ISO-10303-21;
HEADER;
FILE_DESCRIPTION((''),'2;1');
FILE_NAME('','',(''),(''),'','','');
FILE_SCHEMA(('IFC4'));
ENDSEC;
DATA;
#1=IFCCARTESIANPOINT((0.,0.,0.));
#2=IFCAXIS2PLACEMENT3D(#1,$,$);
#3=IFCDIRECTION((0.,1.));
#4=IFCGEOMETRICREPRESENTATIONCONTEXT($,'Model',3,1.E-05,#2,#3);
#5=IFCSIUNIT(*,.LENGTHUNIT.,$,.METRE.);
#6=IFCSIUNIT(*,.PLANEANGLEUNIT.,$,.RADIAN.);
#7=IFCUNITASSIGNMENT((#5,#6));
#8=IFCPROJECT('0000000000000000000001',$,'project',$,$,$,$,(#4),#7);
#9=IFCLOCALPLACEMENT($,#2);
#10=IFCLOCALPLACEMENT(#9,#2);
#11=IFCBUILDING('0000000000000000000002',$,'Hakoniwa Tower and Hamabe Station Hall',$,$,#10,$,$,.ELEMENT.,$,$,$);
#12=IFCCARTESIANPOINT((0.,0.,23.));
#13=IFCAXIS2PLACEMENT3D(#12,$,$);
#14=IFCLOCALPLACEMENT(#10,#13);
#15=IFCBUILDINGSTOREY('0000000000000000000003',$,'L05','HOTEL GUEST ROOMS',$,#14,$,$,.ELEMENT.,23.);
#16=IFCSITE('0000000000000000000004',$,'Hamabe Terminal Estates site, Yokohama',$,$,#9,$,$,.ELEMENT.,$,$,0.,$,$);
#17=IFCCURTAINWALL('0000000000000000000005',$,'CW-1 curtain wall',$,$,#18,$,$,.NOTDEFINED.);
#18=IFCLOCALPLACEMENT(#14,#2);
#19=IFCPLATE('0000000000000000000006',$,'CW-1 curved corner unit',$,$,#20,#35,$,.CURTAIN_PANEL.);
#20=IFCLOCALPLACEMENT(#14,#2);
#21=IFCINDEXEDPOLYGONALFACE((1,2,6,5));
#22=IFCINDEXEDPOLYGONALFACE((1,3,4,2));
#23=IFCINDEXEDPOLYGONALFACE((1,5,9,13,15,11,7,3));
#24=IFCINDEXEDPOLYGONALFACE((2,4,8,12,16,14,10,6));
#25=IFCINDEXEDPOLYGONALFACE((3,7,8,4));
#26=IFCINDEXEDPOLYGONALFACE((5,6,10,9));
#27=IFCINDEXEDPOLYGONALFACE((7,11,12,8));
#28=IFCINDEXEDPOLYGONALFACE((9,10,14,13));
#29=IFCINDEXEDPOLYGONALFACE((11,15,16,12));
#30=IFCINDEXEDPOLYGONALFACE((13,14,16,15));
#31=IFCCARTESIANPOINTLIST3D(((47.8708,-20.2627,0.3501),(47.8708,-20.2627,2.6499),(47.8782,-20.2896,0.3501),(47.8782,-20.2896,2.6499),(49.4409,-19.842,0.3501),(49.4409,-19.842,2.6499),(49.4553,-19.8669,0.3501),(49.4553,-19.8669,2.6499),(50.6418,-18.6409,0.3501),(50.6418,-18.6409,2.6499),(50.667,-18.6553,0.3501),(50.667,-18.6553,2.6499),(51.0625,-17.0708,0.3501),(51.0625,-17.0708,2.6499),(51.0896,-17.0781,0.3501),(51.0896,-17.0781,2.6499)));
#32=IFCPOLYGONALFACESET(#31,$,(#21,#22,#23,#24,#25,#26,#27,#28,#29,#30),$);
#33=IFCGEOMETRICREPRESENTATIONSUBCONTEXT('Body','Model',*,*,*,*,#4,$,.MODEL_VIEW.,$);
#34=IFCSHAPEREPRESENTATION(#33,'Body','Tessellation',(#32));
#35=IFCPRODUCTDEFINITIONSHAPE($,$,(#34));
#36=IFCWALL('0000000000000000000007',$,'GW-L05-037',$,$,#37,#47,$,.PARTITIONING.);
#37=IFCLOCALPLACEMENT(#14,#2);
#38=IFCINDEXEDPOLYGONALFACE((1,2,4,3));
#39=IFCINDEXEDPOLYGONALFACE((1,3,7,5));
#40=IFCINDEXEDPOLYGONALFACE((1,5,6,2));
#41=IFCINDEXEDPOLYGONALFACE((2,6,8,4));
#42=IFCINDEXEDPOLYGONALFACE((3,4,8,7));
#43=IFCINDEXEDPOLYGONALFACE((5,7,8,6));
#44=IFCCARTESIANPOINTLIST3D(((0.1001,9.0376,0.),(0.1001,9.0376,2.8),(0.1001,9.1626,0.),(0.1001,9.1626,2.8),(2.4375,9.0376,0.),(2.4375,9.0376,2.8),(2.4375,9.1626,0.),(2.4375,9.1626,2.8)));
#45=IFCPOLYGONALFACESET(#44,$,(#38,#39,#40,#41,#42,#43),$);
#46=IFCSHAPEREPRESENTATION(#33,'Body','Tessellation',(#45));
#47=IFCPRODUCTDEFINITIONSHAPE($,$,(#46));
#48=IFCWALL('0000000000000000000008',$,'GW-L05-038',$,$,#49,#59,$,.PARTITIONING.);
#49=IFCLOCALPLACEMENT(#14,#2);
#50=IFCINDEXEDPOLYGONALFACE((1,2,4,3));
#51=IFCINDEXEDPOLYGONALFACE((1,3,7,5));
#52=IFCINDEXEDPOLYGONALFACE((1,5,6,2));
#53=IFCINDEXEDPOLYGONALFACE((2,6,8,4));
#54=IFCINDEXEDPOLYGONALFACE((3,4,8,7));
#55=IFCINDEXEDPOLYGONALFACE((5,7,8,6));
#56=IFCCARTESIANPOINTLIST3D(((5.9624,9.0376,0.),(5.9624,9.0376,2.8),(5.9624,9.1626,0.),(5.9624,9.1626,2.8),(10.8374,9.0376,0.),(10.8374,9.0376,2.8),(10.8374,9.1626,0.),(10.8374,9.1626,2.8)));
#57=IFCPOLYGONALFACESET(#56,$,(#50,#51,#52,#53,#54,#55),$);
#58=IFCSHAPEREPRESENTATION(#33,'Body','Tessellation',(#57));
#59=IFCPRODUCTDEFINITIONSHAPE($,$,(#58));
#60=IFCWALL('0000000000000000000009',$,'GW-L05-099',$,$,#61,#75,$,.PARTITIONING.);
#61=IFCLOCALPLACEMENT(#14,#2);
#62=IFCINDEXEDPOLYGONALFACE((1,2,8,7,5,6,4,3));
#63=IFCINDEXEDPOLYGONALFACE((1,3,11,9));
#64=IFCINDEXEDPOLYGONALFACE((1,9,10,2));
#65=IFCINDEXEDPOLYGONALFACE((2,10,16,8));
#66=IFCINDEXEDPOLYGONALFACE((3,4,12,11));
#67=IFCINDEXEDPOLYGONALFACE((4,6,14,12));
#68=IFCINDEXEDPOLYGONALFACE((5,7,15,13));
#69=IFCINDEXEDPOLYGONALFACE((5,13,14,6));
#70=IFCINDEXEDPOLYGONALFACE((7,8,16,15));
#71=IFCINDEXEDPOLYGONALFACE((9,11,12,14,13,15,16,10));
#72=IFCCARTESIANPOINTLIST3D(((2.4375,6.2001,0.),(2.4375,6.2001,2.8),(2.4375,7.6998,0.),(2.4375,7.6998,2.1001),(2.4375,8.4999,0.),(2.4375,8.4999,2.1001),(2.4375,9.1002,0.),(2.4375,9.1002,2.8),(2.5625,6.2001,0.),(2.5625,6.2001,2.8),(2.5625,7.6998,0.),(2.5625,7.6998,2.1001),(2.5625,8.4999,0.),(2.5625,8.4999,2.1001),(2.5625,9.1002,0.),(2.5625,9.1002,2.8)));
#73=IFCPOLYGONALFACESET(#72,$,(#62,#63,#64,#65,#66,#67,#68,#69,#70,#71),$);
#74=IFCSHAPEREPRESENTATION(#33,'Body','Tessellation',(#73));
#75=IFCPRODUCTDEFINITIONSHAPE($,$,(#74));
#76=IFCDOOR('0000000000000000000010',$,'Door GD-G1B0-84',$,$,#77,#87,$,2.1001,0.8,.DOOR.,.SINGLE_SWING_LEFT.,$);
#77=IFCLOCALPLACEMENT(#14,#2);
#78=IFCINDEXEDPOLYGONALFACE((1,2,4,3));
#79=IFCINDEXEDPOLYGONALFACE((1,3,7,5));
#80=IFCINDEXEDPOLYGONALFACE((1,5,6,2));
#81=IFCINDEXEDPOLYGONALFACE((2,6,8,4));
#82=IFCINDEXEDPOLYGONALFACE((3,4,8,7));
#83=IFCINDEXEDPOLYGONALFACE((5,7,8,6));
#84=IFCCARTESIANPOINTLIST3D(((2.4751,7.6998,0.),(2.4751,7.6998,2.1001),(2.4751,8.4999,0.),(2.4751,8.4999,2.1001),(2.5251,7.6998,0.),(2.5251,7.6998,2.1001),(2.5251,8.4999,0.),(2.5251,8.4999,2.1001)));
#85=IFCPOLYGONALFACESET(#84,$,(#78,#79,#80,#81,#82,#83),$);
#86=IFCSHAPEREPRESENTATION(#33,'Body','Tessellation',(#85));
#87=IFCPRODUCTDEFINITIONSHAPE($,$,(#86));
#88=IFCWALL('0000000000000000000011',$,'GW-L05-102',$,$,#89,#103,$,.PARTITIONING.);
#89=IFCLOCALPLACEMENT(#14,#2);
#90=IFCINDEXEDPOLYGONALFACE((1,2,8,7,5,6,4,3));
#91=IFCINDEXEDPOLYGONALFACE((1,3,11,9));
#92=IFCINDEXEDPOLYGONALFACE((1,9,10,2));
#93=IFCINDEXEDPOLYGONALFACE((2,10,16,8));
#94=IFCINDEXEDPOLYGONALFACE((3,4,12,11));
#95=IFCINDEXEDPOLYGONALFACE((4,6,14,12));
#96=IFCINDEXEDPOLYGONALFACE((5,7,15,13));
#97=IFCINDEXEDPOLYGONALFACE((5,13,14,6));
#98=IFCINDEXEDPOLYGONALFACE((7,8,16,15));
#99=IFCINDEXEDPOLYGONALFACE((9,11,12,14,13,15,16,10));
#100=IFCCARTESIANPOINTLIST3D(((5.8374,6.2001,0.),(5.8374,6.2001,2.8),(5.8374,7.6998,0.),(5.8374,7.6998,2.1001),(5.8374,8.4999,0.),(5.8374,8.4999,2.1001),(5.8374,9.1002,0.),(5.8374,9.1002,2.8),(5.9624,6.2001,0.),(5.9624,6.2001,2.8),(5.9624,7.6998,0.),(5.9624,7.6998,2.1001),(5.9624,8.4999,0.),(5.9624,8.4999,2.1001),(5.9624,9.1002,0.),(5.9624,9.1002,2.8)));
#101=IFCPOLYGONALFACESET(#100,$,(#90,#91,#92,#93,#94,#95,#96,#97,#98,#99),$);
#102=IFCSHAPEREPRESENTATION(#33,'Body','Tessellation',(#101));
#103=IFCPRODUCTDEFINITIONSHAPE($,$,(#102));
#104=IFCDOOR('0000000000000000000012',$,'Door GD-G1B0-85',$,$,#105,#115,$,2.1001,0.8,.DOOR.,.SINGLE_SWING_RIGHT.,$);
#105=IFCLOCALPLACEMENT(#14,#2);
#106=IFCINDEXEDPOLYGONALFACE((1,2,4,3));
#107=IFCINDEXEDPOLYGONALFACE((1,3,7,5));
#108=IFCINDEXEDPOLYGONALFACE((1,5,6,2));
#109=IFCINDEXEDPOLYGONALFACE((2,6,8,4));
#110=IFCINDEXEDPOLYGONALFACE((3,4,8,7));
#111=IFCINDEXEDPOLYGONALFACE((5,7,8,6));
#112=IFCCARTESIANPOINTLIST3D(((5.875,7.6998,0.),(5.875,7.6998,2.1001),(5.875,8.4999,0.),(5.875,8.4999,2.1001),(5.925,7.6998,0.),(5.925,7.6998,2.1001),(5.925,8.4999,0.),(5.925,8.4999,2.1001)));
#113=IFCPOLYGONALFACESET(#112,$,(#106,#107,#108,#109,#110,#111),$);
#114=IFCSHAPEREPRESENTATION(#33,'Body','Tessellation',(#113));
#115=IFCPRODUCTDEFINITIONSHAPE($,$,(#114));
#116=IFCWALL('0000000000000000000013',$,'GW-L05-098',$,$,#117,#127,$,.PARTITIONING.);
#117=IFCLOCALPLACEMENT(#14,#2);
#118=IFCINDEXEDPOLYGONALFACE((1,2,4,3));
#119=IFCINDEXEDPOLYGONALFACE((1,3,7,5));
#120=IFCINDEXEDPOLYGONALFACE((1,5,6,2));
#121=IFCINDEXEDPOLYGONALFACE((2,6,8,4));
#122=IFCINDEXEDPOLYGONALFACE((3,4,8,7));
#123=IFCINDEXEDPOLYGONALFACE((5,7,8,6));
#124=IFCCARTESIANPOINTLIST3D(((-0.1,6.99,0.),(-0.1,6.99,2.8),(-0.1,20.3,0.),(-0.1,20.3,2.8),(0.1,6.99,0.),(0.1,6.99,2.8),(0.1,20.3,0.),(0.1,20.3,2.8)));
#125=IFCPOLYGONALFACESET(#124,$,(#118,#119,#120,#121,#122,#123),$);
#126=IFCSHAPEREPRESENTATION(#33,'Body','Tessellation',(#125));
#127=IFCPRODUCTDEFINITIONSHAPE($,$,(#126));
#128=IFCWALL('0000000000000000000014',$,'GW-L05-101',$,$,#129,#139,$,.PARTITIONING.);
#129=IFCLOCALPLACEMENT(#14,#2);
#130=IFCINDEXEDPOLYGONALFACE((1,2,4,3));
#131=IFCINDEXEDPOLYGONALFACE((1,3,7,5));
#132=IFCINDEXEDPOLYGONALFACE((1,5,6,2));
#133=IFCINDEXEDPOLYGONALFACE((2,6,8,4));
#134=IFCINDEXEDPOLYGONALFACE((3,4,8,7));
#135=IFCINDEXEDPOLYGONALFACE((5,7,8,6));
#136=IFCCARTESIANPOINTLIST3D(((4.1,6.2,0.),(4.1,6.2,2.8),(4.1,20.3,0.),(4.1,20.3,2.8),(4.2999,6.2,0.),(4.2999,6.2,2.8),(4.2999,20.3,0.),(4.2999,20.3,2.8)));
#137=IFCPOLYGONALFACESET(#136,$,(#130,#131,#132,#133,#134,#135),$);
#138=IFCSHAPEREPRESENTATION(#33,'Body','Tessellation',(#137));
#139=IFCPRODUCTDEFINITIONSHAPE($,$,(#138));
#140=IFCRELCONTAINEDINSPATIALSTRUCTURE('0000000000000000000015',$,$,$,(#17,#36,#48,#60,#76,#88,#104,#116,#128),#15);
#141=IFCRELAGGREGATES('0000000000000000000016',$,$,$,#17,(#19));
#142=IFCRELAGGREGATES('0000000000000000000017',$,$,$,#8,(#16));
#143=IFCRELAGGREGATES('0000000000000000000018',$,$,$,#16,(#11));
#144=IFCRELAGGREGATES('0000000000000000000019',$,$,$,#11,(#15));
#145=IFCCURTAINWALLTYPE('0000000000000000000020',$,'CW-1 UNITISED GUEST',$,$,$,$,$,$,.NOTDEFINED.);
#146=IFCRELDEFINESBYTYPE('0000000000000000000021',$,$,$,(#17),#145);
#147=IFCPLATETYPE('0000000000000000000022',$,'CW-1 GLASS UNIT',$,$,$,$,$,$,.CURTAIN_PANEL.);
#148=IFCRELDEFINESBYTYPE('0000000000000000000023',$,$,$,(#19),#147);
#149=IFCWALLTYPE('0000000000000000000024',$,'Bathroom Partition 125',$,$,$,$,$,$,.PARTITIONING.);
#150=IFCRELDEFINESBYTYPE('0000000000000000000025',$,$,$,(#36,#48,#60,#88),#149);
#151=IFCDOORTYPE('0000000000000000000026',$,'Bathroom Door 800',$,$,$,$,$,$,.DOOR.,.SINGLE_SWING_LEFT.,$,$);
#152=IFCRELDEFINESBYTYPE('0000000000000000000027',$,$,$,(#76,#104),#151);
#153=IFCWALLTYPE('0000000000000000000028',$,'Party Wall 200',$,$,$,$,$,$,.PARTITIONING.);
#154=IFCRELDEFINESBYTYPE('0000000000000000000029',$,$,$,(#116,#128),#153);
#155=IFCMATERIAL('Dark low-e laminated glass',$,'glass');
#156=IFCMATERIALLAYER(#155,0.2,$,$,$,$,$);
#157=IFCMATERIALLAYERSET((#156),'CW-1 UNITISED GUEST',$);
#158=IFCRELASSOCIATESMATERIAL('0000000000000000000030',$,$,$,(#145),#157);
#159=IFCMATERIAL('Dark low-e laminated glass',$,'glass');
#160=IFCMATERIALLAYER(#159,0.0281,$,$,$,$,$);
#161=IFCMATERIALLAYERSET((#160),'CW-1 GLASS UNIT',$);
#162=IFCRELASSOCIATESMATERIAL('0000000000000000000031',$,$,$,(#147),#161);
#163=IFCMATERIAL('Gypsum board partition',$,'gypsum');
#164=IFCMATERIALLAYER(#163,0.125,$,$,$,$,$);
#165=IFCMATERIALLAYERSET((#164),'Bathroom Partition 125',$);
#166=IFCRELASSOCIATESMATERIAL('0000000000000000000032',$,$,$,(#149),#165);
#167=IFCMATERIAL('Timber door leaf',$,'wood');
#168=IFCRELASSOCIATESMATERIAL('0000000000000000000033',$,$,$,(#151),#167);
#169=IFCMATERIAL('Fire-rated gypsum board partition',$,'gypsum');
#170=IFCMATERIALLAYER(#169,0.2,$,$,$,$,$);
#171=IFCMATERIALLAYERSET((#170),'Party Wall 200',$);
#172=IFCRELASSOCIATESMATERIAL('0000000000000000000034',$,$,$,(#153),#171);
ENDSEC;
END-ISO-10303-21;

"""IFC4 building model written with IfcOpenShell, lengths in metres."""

from ifc_helpers import new_model, si_unit, direction, frame, frame_2d, origin, place, context, subcontext, project, spatial, polyline, rectangle, outline, extrude, material, layer, layer_set, type_object, element, fill, aggregate, save


model = new_model("IFC4")

# Units and contexts
model_context = context("Model", 3, precision=1e-05, world=origin(), true_north=direction((0.0, 1.0)))
body_context = subcontext(model_context, "Body", "Model", "MODEL_VIEW")
ifc_project = project(units=[si_unit("LENGTHUNIT", "METRE"), si_unit("PLANEANGLEUNIT", "RADIAN")], contexts=[model_context])

# Site, building, storey
site_placement = place(None, origin())
site = spatial("IfcSite", under=ifc_project, at=site_placement, Name="Hamabe Terminal Estates site, Yokohama", CompositionType="ELEMENT", RefElevation=0.0)
building_placement = place(site_placement, origin())
building = spatial("IfcBuilding", under=site, at=building_placement, Name="Hakoniwa Tower and Hamabe Station Hall", CompositionType="ELEMENT")
storey_placement = place(building_placement, frame((0.0, 0.0, 23.0)))
storey = spatial("IfcBuildingStorey", under=building, at=storey_placement, Name="L05", Description="HOTEL GUEST ROOMS", CompositionType="ELEMENT", Elevation=23.0)

# Curtain wall
ifc_material_1 = material(Name="Dark low-e laminated glass", Category="glass")
ifc_layer_1 = layer(ifc_material_1, 0.2)
ifc_layer_set_1 = layer_set([ifc_layer_1], Name="CW-1 UNITISED GUEST")
curtain_wall_type = type_object("IfcCurtainWallType", Name="CW-1 UNITISED GUEST", PredefinedType="NOTDEFINED", material=ifc_layer_set_1)
curtain_wall_1_placement = place(storey_placement, origin())
curtain_wall_1 = element("IfcCurtainWall", 1, at=curtain_wall_1_placement, inside=storey, type_object=curtain_wall_type, Name="CW-1 curtain wall", PredefinedType="NOTDEFINED")

# Plate
ifc_material_2 = material(Name="Dark low-e laminated glass", Category="glass")
ifc_layer_2 = layer(ifc_material_2, 0.0281)
ifc_layer_set_2 = layer_set([ifc_layer_2], Name="CW-1 GLASS UNIT")
plate_type = type_object("IfcPlateType", Name="CW-1 GLASS UNIT", PredefinedType="CURTAIN_PANEL", material=ifc_layer_set_2)
plate_1_placement = place(storey_placement, frame((0.0, 0.0, 0.3501)))
plate_1 = element("IfcPlate", 2, at=plate_1_placement, type_object=plate_type, Name="CW-1 curved corner unit", PredefinedType="CURTAIN_PANEL", context=body_context, shape_type="SweptSolid", body=[
    extrude(outline(polyline([(47.8782, -20.2896), (49.4553, -19.8669), (50.667, -18.6553), (51.0896, -17.0781), (51.0625, -17.0708), (50.6418, -18.6409), (49.4409, -19.842), (47.8708, -20.2627), (47.8782, -20.2896)])), origin(), (0.0, 0.0, 1.0), 2.2998),
])
aggregate(curtain_wall_1, [plate_1])

# Walls
ifc_material_3 = material(Name="Gypsum board partition", Category="gypsum")
ifc_layer_3 = layer(ifc_material_3, 0.125)
ifc_layer_set_3 = layer_set([ifc_layer_3], Name="Bathroom Partition 125")
wall_type_1 = type_object("IfcWallType", Name="Bathroom Partition 125", PredefinedType="PARTITIONING", material=ifc_layer_set_3)
wall_1_placement = place(storey_placement, frame((0.1001, 9.1001, 0.0), z_axis=(0.0, 0.0, 1.0), x_axis=(1.0, 0.0, 0.0)))
element("IfcWall", 3, at=wall_1_placement, inside=storey, type_object=wall_type_1, Name="GW-L05-037", PredefinedType="PARTITIONING", context=body_context, shape_type="SweptSolid", body=[
    extrude(rectangle(XDim=2.3374, YDim=0.125, at=frame_2d((1.1687, 0.0))), origin(), (0.0, 0.0, 1.0), 2.8),
])
wall_2_placement = place(storey_placement, frame((5.9624, 9.1001, 0.0), z_axis=(0.0, 0.0, 1.0), x_axis=(1.0, 0.0, 0.0)))
element("IfcWall", 4, at=wall_2_placement, inside=storey, type_object=wall_type_1, Name="GW-L05-038", PredefinedType="PARTITIONING", context=body_context, shape_type="SweptSolid", body=[
    extrude(rectangle(XDim=4.875, YDim=0.125, at=frame_2d((2.4375, 0.0))), origin(), (0.0, 0.0, 1.0), 2.8),
])

# Walls, openings, doors
wall_3_placement = place(storey_placement, frame((2.5, 6.2, 0.0), z_axis=(0.0, 0.0, 1.0), x_axis=(0.0, 1.0, 0.0)))
wall_3 = element("IfcWall", 5, at=wall_3_placement, inside=storey, type_object=wall_type_1, Name="GW-L05-099", PredefinedType="PARTITIONING", context=body_context, shape_type="SweptSolid", body=[
    extrude(rectangle(XDim=2.9001, YDim=0.125, at=frame_2d((1.4502, 0.0))), origin(), (0.0, 0.0, 1.0), 2.8),
])
opening_1_placement = place(wall_3_placement, frame((1.5, 0.0, 0.0)))
opening_1 = element("IfcOpeningElement", 6, at=opening_1_placement, cuts=wall_3, PredefinedType="OPENING", context=body_context, shape_type="SweptSolid", body=[
    extrude(rectangle(XDim=0.8, YDim=2.1001, at=frame_2d((0.3999, 1.05))), frame((0.0, 0.0725, 0.0), z_axis=(0.0, -1.0, 0.0), x_axis=(1.0, 0.0, 0.0)), (0.0, 0.0, 1.0), 0.145),
])
ifc_material_4 = material(Name="Timber door leaf", Category="wood")
door_type = type_object("IfcDoorType", Name="Bathroom Door 800", OperationType="SINGLE_SWING_LEFT", PredefinedType="DOOR", material=ifc_material_4)
door_1_placement = place(opening_1_placement, origin())
door_1 = element("IfcDoor", 7, at=door_1_placement, inside=storey, type_object=door_type, Name="Door GD-G1B0-84", OperationType="SINGLE_SWING_LEFT", OverallHeight=2.1001, OverallWidth=0.8, PredefinedType="DOOR", context=body_context, shape_type="SweptSolid", body=[
    extrude(rectangle(XDim=0.8, YDim=2.1001, at=frame_2d((0.3999, 1.05))), frame((0.0, 0.0249, 0.0), z_axis=(0.0, -1.0, 0.0), x_axis=(1.0, 0.0, 0.0)), (0.0, 0.0, 1.0), 0.05),
])
fill(opening_1, door_1)
wall_4_placement = place(storey_placement, frame((5.8999, 6.2, 0.0), z_axis=(0.0, 0.0, 1.0), x_axis=(0.0, 1.0, 0.0)))
wall_4 = element("IfcWall", 8, at=wall_4_placement, inside=storey, type_object=wall_type_1, Name="GW-L05-102", PredefinedType="PARTITIONING", context=body_context, shape_type="SweptSolid", body=[
    extrude(rectangle(XDim=2.9001, YDim=0.125, at=frame_2d((1.4502, 0.0))), origin(), (0.0, 0.0, 1.0), 2.8),
])
opening_2_placement = place(wall_4_placement, frame((1.5, 0.0, 0.0)))
opening_2 = element("IfcOpeningElement", 9, at=opening_2_placement, cuts=wall_4, PredefinedType="OPENING", context=body_context, shape_type="SweptSolid", body=[
    extrude(rectangle(XDim=0.8, YDim=2.1001, at=frame_2d((0.3999, 1.05))), frame((0.0, 0.0725, 0.0), z_axis=(0.0, -1.0, 0.0), x_axis=(1.0, 0.0, 0.0)), (0.0, 0.0, 1.0), 0.145),
])
door_2_placement = place(opening_2_placement, origin())
door_2 = element("IfcDoor", 10, at=door_2_placement, inside=storey, type_object=door_type, Name="Door GD-G1B0-85", OperationType="SINGLE_SWING_RIGHT", OverallHeight=2.1001, OverallWidth=0.8, PredefinedType="DOOR", context=body_context, shape_type="SweptSolid", body=[
    extrude(rectangle(XDim=0.8, YDim=2.1001, at=frame_2d((0.3999, 1.05))), frame((0.0, 0.0249, 0.0), z_axis=(0.0, -1.0, 0.0), x_axis=(1.0, 0.0, 0.0)), (0.0, 0.0, 1.0), 0.05),
])
fill(opening_2, door_2)

# Walls
ifc_material_5 = material(Name="Fire-rated gypsum board partition", Category="gypsum")
ifc_layer_4 = layer(ifc_material_5, 0.2)
ifc_layer_set_4 = layer_set([ifc_layer_4], Name="Party Wall 200")
wall_type_2 = type_object("IfcWallType", Name="Party Wall 200", PredefinedType="PARTITIONING", material=ifc_layer_set_4)
wall_5_placement = place(storey_placement, frame((0.0, 6.99, 0.0), z_axis=(0.0, 0.0, 1.0), x_axis=(0.0, 1.0, 0.0)))
element("IfcWall", 11, at=wall_5_placement, inside=storey, type_object=wall_type_2, Name="GW-L05-098", PredefinedType="PARTITIONING", context=body_context, shape_type="SweptSolid", body=[
    extrude(rectangle(XDim=13.3101, YDim=0.2, at=frame_2d((6.655, 0.0))), origin(), (0.0, 0.0, 1.0), 2.8),
])
wall_6_placement = place(storey_placement, frame((4.2, 6.2, 0.0), z_axis=(0.0, 0.0, 1.0), x_axis=(0.0, 1.0, 0.0)))
element("IfcWall", 12, at=wall_6_placement, inside=storey, type_object=wall_type_2, Name="GW-L05-101", PredefinedType="PARTITIONING", context=body_context, shape_type="SweptSolid", body=[
    extrude(rectangle(XDim=14.1001, YDim=0.2, at=frame_2d((7.05, 0.0))), origin(), (0.0, 0.0, 1.0), 2.8),
])

save(model, "model.ifc")
